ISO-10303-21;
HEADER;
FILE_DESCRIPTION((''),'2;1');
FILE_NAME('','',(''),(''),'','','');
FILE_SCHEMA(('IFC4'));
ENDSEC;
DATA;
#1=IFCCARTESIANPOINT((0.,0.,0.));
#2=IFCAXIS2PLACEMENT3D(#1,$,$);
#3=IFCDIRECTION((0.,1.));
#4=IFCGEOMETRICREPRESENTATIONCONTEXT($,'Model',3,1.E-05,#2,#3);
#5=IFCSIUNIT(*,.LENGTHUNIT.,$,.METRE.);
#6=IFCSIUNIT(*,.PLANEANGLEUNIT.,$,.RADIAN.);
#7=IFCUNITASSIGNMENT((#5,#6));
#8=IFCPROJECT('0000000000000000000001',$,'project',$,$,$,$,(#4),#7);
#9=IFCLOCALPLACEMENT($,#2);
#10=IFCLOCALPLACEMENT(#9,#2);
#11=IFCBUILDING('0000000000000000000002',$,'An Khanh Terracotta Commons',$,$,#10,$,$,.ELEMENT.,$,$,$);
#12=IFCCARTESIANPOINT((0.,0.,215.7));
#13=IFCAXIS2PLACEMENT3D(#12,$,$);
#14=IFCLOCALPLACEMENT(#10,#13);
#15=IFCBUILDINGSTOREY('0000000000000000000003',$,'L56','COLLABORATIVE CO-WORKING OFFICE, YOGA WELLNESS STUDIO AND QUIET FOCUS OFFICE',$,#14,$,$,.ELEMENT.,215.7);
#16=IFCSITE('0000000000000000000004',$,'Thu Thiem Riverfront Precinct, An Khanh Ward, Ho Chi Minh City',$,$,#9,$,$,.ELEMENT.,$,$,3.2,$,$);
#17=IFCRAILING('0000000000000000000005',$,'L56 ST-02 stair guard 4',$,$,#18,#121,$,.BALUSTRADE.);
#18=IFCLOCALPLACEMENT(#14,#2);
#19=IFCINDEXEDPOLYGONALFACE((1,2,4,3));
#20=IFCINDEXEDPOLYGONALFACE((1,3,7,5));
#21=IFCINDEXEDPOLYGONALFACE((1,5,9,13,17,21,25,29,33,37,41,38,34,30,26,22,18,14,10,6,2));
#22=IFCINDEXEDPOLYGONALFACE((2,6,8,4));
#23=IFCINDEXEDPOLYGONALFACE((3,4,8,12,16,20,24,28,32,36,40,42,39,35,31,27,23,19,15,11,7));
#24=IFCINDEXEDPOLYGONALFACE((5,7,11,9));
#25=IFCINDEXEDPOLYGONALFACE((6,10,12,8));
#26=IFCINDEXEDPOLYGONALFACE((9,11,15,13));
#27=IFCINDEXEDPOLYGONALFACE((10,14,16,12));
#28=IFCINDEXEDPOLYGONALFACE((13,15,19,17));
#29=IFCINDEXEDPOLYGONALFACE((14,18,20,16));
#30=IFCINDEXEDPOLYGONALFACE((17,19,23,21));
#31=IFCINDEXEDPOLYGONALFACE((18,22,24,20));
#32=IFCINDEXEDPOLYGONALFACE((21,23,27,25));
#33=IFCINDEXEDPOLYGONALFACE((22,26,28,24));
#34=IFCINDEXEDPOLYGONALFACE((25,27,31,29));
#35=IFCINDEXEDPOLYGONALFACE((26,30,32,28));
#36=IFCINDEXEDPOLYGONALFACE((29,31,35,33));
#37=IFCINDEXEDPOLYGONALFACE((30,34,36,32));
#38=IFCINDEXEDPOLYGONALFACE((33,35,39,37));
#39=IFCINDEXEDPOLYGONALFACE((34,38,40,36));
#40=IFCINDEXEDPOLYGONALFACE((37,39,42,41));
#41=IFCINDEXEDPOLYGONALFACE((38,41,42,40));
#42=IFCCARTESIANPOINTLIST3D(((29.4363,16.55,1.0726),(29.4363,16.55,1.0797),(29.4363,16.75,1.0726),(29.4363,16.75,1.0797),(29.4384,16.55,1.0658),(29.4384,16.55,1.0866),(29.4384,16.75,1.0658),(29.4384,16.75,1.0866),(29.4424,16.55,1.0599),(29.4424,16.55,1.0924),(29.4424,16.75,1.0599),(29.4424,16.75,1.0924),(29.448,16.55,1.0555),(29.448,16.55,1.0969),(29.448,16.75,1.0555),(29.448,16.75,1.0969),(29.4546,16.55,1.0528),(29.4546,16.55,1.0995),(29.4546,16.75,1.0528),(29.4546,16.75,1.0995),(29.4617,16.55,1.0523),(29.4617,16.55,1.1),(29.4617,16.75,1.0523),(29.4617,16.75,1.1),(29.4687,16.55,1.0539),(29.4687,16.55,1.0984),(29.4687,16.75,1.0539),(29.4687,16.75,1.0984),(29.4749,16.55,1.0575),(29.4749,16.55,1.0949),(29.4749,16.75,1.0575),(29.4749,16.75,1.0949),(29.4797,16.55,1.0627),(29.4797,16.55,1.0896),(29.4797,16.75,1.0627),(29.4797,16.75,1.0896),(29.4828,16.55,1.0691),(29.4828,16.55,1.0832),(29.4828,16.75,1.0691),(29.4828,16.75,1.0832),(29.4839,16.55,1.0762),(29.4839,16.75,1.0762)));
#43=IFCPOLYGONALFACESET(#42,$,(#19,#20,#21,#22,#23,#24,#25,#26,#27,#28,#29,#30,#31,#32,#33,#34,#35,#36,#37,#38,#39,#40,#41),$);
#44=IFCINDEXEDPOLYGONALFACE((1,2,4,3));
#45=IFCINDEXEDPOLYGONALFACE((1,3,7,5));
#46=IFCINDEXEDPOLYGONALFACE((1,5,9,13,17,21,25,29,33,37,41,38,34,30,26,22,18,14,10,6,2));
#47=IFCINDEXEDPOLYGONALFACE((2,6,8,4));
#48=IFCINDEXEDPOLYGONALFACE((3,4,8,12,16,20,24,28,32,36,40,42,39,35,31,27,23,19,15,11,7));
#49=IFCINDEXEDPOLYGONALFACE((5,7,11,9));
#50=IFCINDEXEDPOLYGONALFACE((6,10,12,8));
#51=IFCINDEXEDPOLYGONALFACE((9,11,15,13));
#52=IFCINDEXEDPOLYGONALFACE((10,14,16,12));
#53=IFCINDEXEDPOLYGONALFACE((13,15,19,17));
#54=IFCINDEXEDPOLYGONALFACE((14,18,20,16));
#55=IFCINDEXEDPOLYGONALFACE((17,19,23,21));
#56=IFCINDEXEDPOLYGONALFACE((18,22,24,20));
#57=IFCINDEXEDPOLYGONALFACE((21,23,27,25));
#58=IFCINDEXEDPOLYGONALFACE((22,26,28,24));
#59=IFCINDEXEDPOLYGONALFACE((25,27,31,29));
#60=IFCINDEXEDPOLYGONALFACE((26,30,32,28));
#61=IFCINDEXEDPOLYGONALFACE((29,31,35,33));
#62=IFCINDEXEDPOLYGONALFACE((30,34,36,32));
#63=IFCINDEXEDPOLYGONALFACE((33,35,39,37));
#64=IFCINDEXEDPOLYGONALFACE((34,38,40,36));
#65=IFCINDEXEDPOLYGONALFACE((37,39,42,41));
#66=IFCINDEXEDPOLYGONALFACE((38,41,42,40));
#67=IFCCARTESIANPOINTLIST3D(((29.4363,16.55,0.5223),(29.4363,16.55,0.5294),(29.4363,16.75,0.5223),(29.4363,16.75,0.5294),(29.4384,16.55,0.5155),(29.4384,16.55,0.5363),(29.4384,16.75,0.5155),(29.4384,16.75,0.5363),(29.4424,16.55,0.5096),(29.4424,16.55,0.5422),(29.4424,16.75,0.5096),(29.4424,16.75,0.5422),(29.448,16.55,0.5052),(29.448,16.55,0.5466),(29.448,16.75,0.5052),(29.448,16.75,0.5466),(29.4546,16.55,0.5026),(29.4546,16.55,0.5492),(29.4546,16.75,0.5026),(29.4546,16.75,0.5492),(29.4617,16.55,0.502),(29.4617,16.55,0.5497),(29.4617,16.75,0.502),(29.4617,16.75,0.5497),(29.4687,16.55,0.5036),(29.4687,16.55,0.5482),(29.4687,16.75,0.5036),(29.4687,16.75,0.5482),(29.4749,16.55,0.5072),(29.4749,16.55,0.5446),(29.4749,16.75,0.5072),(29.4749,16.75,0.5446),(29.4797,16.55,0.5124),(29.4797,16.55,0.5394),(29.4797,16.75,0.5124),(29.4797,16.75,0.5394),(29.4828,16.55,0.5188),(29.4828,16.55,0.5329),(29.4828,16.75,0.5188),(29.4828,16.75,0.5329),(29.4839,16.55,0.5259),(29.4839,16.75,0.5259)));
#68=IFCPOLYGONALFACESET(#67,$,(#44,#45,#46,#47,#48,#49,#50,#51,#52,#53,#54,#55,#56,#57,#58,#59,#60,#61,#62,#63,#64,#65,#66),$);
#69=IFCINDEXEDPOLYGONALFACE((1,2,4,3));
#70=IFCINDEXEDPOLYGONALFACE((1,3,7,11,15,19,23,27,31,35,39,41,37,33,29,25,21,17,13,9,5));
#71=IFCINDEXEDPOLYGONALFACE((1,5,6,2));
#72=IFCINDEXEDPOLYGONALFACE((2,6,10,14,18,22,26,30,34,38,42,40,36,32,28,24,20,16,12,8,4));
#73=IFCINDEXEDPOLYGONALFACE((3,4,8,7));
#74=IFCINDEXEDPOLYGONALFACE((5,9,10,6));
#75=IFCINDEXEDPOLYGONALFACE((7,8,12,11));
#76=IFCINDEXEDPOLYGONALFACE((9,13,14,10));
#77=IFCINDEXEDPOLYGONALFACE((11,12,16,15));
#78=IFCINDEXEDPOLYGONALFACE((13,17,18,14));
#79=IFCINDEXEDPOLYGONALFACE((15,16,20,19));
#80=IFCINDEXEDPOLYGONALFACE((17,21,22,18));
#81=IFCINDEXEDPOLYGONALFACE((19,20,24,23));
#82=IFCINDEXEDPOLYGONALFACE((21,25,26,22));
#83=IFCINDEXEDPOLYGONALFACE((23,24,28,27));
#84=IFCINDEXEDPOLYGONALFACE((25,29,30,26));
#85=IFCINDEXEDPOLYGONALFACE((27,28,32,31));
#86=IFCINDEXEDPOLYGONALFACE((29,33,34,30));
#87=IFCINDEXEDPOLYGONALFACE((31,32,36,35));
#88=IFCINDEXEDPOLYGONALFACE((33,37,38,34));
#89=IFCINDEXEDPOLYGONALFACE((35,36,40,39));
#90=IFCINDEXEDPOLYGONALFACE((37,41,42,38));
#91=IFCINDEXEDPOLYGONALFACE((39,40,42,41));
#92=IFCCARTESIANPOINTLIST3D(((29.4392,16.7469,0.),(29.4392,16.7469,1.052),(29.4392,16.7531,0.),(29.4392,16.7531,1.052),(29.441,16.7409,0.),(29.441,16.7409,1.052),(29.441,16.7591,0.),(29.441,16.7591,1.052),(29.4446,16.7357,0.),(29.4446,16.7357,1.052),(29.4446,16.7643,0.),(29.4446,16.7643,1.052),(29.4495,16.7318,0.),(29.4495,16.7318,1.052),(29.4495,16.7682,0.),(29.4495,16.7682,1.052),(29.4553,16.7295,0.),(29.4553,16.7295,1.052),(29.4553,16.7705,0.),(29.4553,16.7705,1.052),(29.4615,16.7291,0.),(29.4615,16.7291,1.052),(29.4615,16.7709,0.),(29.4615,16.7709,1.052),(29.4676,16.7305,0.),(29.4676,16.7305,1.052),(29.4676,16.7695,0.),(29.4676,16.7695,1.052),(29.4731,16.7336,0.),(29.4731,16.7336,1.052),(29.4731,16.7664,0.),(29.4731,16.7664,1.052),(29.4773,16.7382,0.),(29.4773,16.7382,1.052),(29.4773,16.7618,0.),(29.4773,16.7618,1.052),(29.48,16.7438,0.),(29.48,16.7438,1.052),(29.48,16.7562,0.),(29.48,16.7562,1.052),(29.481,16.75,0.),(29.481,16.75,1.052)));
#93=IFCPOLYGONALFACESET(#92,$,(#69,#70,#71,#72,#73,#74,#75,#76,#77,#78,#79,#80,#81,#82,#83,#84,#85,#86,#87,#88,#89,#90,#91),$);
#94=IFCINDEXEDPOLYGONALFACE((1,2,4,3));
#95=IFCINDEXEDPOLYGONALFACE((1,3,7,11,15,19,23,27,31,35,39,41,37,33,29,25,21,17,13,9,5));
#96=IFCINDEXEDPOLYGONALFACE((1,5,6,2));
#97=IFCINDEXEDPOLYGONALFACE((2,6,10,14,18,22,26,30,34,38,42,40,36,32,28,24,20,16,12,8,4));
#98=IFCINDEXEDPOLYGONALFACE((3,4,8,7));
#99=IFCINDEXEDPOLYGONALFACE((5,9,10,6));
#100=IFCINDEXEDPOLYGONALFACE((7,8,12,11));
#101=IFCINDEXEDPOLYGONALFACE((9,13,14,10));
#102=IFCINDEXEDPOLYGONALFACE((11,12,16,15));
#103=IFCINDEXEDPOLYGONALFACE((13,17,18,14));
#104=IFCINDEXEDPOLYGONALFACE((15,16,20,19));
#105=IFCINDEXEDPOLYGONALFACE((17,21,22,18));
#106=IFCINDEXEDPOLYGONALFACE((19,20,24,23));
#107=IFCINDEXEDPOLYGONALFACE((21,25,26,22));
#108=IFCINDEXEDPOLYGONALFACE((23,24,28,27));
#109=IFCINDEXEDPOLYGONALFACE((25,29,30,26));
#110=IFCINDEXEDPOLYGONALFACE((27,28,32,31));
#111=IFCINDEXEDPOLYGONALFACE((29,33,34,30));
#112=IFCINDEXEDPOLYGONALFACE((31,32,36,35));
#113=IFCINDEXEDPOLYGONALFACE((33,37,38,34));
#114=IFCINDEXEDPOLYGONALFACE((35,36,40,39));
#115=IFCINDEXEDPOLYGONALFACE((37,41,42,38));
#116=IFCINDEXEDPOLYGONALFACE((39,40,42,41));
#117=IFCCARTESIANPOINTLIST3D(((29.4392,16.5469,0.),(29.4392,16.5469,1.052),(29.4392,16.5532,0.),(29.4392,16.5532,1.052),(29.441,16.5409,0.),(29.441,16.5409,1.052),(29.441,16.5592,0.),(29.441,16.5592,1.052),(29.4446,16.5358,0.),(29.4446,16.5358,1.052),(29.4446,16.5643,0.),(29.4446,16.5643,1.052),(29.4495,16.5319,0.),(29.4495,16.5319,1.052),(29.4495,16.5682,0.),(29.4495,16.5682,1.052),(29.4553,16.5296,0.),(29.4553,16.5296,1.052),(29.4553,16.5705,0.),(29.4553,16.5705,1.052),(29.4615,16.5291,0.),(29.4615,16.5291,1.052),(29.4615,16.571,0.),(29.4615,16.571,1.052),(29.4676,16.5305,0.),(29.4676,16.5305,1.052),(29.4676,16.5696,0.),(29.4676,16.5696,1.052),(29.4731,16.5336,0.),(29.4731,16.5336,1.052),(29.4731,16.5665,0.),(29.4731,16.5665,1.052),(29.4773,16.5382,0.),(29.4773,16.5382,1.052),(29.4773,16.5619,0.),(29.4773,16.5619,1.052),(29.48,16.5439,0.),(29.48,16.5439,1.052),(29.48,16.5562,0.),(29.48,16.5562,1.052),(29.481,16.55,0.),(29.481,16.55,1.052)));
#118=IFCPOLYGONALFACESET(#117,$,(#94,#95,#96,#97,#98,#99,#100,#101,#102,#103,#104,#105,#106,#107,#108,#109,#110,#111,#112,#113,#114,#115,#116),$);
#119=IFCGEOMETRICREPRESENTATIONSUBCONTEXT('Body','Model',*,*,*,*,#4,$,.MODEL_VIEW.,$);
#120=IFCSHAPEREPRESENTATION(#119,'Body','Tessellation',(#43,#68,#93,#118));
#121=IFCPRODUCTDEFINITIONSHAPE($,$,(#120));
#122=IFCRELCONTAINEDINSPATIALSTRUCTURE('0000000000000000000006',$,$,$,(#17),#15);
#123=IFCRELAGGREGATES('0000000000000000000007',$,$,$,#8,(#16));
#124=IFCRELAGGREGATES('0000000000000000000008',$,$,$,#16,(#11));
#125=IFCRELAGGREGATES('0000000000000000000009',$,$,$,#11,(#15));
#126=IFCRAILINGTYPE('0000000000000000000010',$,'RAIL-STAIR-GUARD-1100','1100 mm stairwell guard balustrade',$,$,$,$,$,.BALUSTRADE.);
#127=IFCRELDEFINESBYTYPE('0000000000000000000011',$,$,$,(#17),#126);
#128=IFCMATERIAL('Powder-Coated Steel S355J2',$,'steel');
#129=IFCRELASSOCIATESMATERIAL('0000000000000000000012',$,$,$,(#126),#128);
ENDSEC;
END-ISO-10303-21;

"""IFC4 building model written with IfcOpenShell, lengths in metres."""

from ifc_helpers import new_model, si_unit, direction, frame, origin, origin_2d, place, context, subcontext, project, spatial, circle, extrude, material, type_object, element, save


model = new_model("IFC4")

# Units and contexts
model_context = context("Model", 3, precision=1e-05, world=origin(), true_north=direction((0.0, 1.0)))
body_context = subcontext(model_context, "Body", "Model", "MODEL_VIEW")
ifc_project = project(units=[si_unit("LENGTHUNIT", "METRE"), si_unit("PLANEANGLEUNIT", "RADIAN")], contexts=[model_context])

# Site, building, storey
site_placement = place(None, origin())
site = spatial("IfcSite", under=ifc_project, at=site_placement, Name="Thu Thiem Riverfront Precinct, An Khanh Ward, Ho Chi Minh City", CompositionType="ELEMENT", RefElevation=3.2)
building_placement = place(site_placement, origin())
building = spatial("IfcBuilding", under=site, at=building_placement, Name="An Khanh Terracotta Commons", CompositionType="ELEMENT")
storey_placement = place(building_placement, frame((0.0, 0.0, 215.7)))
storey = spatial("IfcBuildingStorey", under=building, at=storey_placement, Name="L56", Description="COLLABORATIVE CO-WORKING OFFICE, YOGA WELLNESS STUDIO AND QUIET FOCUS OFFICE", CompositionType="ELEMENT", Elevation=215.7)

# Railing
ifc_material_1 = material(Name="Powder-Coated Steel S355J2", Category="steel")
railing_type = type_object("IfcRailingType", Name="RAIL-STAIR-GUARD-1100", Description="1100 mm stairwell guard balustrade", PredefinedType="BALUSTRADE", material=ifc_material_1)
railing_placement = place(storey_placement, frame((29.46, 16.75, 0.0)))
element("IfcRailing", 1, at=railing_placement, inside=storey, type_object=railing_type, Name="L56 ST-02 stair guard 4", PredefinedType="BALUSTRADE", context=body_context, shape_type="SweptSolid", body=[
    extrude(circle(Radius=0.0239, at=origin_2d()), frame((0.0, 0.0, 1.0762), z_axis=(0.0, -1.0, 0.0), x_axis=(1.0, 0.0, 0.0)), (0.0, 0.0, 1.0), 0.2),
    extrude(circle(Radius=0.0239, at=origin_2d()), frame((0.0, 0.0, 0.5259), z_axis=(0.0, -1.0, 0.0), x_axis=(1.0, 0.0, 0.0)), (0.0, 0.0, 1.0), 0.2),
    extrude(circle(Radius=0.021, at=origin_2d()), origin(), (0.0, 0.0, 1.0), 1.052),
    extrude(circle(Radius=0.021, at=origin_2d()), frame((0.0, -0.2, 0.0)), (0.0, 0.0, 1.0), 1.052),
])

save(model, "model.ifc")
